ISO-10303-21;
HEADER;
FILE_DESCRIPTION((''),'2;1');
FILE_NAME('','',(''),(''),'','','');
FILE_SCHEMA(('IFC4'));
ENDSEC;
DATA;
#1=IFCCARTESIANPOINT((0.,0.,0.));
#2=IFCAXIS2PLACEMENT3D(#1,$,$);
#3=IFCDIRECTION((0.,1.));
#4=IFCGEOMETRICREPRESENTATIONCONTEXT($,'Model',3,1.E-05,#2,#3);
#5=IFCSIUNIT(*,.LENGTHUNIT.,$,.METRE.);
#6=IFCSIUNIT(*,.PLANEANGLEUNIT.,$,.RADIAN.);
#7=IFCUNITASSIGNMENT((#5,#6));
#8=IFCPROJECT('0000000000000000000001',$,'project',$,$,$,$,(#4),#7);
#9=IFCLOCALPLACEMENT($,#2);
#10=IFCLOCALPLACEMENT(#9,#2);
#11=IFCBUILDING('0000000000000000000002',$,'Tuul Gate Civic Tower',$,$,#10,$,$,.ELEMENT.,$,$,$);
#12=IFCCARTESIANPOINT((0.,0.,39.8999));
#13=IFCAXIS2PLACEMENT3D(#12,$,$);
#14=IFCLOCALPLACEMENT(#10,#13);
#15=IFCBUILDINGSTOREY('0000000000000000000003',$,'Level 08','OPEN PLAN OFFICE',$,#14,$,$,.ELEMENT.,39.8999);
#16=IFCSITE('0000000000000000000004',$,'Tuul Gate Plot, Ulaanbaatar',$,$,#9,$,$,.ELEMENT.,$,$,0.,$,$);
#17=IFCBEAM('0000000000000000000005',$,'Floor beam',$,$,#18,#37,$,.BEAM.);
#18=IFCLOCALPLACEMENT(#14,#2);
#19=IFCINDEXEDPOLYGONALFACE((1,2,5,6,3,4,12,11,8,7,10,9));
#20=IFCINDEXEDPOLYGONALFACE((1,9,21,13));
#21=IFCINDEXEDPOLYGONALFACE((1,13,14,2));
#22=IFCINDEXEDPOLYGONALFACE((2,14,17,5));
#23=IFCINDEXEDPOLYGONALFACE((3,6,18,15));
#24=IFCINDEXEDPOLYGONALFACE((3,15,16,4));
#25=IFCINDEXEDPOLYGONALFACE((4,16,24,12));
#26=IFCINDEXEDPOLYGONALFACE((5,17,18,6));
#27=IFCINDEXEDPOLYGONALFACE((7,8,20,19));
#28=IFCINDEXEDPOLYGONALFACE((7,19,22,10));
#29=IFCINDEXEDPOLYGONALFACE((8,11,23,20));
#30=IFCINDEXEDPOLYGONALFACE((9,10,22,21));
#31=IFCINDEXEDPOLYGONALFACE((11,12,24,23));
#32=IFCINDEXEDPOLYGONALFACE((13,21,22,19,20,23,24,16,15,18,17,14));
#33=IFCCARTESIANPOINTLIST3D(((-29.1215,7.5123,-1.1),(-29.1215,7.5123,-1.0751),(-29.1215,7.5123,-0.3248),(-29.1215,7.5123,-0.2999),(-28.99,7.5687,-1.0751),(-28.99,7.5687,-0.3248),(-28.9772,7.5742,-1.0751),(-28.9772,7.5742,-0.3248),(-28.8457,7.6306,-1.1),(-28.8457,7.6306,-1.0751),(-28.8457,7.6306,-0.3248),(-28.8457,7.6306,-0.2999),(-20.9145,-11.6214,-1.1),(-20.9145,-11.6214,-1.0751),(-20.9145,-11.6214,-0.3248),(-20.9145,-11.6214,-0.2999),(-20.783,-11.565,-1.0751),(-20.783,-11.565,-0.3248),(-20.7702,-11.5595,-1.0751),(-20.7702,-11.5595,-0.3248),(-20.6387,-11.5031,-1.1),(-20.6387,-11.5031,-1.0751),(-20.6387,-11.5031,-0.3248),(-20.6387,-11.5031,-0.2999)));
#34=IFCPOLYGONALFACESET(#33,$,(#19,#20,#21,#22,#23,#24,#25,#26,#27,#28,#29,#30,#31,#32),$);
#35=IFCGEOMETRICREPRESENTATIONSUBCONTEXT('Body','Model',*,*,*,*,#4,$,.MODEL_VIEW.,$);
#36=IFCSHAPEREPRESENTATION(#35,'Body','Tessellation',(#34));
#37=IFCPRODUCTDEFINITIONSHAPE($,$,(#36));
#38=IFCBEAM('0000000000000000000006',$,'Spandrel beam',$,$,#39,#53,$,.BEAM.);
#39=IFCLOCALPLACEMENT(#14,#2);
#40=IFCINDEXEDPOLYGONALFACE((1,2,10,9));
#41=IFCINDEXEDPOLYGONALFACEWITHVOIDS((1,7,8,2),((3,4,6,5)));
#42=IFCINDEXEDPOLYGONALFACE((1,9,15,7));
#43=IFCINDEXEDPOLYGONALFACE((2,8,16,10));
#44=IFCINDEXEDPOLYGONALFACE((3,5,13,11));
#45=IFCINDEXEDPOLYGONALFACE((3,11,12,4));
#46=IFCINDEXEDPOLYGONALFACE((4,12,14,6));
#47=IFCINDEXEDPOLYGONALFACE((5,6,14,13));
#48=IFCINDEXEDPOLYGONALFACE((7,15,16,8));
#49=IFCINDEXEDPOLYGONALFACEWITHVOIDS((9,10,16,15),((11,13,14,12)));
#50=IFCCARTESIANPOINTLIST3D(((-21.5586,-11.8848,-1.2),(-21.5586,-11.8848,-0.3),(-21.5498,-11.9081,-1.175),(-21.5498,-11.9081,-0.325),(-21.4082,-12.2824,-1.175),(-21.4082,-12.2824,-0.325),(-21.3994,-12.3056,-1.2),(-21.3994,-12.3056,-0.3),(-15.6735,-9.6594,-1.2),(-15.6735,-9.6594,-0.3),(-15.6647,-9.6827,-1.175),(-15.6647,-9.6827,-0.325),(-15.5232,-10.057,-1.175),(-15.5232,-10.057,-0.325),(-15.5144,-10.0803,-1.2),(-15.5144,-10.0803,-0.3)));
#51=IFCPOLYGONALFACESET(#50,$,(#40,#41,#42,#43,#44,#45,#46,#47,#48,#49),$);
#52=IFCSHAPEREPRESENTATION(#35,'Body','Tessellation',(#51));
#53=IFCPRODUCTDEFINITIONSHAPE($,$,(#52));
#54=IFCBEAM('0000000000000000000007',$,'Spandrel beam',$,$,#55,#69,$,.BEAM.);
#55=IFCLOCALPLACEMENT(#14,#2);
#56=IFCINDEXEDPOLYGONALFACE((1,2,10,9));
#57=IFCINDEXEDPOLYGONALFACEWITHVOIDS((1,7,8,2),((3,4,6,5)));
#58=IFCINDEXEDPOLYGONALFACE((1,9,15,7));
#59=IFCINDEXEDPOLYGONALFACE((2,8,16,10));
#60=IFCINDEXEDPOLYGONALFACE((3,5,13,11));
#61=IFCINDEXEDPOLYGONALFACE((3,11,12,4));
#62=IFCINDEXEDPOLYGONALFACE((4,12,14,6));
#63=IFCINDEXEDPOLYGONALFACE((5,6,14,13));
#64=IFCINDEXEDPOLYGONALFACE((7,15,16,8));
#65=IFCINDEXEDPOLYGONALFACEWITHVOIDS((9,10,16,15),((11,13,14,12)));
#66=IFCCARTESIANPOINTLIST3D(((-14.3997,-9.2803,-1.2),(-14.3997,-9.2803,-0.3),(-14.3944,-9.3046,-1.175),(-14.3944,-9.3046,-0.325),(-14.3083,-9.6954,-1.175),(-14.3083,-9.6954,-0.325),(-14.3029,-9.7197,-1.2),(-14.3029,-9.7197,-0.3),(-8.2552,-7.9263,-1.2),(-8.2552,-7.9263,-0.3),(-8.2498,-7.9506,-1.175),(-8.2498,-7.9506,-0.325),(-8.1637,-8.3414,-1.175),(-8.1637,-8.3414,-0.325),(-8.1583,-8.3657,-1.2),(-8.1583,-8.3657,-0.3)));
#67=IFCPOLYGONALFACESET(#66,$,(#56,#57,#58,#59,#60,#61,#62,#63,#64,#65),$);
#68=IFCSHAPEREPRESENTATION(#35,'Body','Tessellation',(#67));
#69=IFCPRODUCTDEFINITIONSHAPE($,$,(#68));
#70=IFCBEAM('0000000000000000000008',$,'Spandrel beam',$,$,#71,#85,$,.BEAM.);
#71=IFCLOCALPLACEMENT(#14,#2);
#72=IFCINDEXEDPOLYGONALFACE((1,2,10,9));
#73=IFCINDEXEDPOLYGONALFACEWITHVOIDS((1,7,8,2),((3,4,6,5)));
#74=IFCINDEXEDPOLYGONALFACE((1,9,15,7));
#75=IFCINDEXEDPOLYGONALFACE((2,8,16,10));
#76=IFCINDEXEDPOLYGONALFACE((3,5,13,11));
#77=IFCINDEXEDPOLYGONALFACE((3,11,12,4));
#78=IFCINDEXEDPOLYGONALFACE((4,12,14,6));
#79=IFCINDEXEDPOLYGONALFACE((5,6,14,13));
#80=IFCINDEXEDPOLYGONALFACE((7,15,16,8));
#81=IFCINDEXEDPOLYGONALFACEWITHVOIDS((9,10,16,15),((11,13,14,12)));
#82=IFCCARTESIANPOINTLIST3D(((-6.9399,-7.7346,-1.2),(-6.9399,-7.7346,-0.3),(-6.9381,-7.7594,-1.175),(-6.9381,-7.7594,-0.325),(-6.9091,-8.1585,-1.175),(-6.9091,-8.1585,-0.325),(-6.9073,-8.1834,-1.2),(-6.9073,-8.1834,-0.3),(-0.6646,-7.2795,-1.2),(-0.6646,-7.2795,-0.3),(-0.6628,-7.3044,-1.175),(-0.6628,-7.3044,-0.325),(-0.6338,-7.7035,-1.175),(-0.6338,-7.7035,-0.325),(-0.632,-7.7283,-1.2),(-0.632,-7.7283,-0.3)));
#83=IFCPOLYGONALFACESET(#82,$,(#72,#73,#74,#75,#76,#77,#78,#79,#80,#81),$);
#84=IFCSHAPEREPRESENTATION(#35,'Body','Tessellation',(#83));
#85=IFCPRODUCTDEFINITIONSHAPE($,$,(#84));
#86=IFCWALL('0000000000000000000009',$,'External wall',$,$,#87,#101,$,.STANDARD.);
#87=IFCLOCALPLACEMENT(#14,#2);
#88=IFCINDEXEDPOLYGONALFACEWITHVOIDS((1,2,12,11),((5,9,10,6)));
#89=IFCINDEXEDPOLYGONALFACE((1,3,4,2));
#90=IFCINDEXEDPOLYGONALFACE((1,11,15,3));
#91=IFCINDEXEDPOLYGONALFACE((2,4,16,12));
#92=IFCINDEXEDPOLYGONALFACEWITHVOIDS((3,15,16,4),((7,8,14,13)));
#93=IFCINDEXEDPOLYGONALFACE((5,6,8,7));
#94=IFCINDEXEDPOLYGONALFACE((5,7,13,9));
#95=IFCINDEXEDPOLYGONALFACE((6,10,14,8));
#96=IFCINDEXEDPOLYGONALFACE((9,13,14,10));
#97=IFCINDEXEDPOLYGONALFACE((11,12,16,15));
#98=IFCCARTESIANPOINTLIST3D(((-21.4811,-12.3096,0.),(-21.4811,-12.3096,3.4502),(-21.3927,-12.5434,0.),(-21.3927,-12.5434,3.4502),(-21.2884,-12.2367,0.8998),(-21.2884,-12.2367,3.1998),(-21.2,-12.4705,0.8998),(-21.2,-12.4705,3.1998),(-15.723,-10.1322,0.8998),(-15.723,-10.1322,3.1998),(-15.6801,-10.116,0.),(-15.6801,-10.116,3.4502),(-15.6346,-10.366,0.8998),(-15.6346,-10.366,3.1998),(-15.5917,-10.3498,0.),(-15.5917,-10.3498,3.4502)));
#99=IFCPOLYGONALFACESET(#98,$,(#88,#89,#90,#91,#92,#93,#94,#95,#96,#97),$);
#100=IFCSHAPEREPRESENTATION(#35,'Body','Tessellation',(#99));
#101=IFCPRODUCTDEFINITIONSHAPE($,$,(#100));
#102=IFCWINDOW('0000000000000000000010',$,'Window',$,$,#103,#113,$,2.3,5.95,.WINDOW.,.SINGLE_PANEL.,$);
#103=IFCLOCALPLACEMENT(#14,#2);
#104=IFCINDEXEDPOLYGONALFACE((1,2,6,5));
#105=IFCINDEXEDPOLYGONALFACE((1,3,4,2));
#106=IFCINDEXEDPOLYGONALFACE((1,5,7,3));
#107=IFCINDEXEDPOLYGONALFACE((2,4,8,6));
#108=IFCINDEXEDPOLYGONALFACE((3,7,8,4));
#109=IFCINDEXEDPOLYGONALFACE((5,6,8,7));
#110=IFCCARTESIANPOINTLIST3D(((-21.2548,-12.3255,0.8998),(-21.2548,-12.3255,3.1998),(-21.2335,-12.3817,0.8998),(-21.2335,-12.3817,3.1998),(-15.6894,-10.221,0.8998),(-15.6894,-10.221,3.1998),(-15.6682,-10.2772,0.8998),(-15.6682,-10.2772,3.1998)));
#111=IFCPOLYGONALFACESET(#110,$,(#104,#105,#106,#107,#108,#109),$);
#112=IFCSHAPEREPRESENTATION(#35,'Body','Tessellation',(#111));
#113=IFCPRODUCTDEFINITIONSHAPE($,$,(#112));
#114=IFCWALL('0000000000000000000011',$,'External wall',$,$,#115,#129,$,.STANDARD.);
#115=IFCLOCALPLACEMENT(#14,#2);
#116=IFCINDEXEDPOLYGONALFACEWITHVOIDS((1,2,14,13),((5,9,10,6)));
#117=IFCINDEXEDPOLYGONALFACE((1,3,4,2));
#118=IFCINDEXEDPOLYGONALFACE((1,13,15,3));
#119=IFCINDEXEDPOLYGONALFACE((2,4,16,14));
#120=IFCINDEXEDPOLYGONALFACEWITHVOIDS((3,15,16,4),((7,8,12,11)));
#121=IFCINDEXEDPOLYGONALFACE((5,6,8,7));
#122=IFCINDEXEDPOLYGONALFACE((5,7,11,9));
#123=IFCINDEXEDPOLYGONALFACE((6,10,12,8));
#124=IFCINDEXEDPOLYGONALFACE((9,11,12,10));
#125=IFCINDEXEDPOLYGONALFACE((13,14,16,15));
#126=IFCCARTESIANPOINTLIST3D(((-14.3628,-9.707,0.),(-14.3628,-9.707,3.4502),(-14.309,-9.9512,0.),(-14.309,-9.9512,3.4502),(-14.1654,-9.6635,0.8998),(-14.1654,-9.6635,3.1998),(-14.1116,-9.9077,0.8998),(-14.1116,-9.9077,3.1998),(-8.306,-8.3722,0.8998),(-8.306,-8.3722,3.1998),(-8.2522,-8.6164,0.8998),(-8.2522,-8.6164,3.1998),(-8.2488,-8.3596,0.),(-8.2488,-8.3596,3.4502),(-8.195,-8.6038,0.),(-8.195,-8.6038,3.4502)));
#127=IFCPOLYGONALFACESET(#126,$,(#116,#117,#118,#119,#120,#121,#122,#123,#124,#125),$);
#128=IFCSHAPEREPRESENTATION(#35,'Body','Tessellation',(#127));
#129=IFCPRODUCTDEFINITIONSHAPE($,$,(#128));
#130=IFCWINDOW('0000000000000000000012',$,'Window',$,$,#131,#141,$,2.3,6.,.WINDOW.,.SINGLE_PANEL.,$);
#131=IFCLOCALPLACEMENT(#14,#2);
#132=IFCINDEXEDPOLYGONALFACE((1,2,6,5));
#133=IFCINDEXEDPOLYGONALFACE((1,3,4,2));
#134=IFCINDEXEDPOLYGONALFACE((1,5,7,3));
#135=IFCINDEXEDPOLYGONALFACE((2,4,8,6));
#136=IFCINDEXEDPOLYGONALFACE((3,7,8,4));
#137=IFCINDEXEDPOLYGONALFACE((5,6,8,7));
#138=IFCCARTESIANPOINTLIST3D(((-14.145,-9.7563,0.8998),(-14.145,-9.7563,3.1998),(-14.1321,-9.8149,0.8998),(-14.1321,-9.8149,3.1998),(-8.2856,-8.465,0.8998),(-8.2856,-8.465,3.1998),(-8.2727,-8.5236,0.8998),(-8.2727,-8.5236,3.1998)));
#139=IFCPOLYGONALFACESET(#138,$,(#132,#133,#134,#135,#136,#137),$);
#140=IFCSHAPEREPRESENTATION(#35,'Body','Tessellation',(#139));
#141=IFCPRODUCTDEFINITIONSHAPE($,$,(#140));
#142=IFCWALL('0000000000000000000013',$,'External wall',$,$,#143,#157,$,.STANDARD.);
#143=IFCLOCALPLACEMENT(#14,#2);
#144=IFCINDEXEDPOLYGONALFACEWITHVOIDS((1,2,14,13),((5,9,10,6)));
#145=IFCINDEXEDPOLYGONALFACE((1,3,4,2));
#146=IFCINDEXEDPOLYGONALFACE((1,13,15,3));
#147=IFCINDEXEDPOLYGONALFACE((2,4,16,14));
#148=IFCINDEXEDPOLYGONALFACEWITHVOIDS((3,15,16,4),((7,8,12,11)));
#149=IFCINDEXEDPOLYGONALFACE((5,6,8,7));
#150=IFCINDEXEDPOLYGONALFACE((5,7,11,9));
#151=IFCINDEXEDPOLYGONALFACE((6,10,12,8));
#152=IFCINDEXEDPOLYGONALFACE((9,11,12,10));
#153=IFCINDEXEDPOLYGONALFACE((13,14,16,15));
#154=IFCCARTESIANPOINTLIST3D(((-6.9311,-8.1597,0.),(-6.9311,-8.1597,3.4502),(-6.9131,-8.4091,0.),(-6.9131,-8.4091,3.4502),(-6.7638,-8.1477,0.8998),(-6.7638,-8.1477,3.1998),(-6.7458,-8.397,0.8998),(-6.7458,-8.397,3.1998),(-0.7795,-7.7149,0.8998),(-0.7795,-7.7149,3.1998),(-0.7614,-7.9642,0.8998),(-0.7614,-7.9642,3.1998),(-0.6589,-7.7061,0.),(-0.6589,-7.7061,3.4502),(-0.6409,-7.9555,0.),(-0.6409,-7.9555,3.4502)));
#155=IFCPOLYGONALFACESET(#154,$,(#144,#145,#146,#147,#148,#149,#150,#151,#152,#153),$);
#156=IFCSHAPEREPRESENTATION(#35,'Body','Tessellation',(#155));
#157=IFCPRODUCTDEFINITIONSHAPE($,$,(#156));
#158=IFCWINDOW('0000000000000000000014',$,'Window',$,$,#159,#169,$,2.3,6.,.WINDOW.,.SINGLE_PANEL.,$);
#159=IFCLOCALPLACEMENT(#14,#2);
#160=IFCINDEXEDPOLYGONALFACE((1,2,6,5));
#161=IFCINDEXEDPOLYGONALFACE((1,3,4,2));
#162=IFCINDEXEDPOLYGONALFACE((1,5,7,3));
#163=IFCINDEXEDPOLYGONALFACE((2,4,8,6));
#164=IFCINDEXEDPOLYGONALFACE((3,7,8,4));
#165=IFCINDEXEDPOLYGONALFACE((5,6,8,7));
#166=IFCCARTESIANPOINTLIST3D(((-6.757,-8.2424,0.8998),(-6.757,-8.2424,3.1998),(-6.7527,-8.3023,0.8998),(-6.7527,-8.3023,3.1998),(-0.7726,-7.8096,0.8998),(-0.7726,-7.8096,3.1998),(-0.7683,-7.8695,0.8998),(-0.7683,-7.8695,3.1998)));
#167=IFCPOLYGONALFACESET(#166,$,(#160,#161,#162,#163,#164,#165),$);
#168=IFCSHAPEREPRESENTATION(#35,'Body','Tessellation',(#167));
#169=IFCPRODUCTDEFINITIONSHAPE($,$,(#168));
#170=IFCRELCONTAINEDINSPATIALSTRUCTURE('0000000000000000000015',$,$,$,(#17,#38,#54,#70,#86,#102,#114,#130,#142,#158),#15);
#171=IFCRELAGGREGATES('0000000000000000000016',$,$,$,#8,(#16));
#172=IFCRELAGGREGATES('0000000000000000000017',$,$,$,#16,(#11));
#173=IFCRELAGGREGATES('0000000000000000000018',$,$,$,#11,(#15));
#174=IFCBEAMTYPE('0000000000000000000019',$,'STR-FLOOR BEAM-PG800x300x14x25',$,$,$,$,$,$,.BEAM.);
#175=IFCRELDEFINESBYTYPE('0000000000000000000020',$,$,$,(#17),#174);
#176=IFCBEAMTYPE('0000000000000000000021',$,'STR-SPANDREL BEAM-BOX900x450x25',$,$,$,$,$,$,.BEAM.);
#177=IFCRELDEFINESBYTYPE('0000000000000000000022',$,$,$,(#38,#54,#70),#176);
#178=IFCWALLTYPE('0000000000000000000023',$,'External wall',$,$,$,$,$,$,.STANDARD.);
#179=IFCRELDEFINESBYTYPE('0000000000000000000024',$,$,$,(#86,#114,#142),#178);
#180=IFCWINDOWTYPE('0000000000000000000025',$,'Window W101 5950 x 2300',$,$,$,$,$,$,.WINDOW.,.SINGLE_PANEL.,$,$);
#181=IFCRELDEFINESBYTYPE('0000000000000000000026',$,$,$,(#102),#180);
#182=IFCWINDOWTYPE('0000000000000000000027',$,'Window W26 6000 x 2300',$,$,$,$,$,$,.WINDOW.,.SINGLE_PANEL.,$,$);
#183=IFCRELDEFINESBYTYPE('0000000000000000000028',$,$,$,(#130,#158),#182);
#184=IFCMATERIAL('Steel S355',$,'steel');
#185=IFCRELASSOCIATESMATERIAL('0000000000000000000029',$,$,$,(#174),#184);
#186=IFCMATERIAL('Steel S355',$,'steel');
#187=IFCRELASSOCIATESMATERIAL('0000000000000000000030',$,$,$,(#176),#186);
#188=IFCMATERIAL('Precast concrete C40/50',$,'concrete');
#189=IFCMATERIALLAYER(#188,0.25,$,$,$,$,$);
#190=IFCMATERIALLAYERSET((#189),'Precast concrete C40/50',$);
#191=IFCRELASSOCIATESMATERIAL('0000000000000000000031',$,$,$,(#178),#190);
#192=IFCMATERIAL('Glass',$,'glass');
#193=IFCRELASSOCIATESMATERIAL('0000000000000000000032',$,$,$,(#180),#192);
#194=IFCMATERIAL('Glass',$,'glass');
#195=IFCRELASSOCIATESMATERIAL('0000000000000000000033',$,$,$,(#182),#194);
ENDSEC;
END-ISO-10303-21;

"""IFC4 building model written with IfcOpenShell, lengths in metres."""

from ifc_helpers import new_model, si_unit, direction, frame, frame_2d, origin, origin_2d, place, context, subcontext, project, spatial, rectangle, hollow_rectangle, i_section, extrude, material, layer, layer_set, material_profile, profile_set, type_object, element, fill, save


model = new_model("IFC4")

# Units and contexts
model_context = context("Model", 3, precision=1e-05, world=origin(), true_north=direction((0.0, 1.0)))
body_context = subcontext(model_context, "Body", "Model", "MODEL_VIEW")
ifc_project = project(units=[si_unit("LENGTHUNIT", "METRE"), si_unit("PLANEANGLEUNIT", "RADIAN")], contexts=[model_context])

# Site, building, storey
site_placement = place(None, origin())
site = spatial("IfcSite", under=ifc_project, at=site_placement, Name="Tuul Gate Plot, Ulaanbaatar", CompositionType="ELEMENT", RefElevation=0.0)
building_placement = place(site_placement, origin())
building = spatial("IfcBuilding", under=site, at=building_placement, Name="Tuul Gate Civic Tower", CompositionType="ELEMENT")
storey_placement = place(building_placement, frame((0.0, 0.0, 39.8999)))
storey = spatial("IfcBuildingStorey", under=building, at=storey_placement, Name="Level 08", Description="OPEN PLAN OFFICE", CompositionType="ELEMENT", Elevation=39.8999)

# Beams
ifc_material_1 = material(Name="Steel S355", Category="steel")
ifc_material_profile_1 = material_profile(ifc_material_1, i_section(OverallWidth=0.3, OverallDepth=0.8, WebThickness=0.0139, FlangeThickness=0.0249, at=origin_2d()), Name="PG800x300x14x25")
ifc_profile_set_1 = profile_set([ifc_material_profile_1], Name="Steel S355")
beam_type_1 = type_object("IfcBeamType", Name="STR-FLOOR BEAM-PG800x300x14x25", PredefinedType="BEAM", material=ifc_profile_set_1)
beam_1_placement = place(storey_placement, frame((-20.7766, -11.5623, -0.7), z_axis=(-0.394197, 0.919026, 0.0), x_axis=(-0.919026, -0.394197, 0.0)))
element("IfcBeam", 1, at=beam_1_placement, inside=storey, type_object=beam_type_1, Name="Floor beam", PredefinedType="BEAM", context=body_context, shape_type="SweptSolid", body=[
    extrude(i_section(OverallWidth=0.3, OverallDepth=0.8, WebThickness=0.0139, FlangeThickness=0.0249, at=origin_2d()), origin(), (0.0, 0.0, 1.0), 20.8196),
])
ifc_material_2 = material(Name="Steel S355", Category="steel")
ifc_material_profile_2 = material_profile(ifc_material_2, hollow_rectangle(XDim=0.45, YDim=0.8999, WallThickness=0.0249, at=origin_2d()), Name="BOX900x450x25")
ifc_profile_set_2 = profile_set([ifc_material_profile_2], Name="Steel S355")
beam_type_2 = type_object("IfcBeamType", Name="STR-SPANDREL BEAM-BOX900x450x25", PredefinedType="BEAM", material=ifc_profile_set_2)
beam_2_placement = place(storey_placement, frame((-21.479, -12.0952, -0.75), z_axis=(0.935361, 0.353695, 0.0), x_axis=(-0.353695, 0.935361, 0.0)))
element("IfcBeam", 2, at=beam_2_placement, inside=storey, type_object=beam_type_2, Name="Spandrel beam", PredefinedType="BEAM", context=body_context, shape_type="SweptSolid", body=[
    extrude(hollow_rectangle(XDim=0.45, YDim=0.8999, WallThickness=0.0249, at=origin_2d()), origin(), (0.0, 0.0, 1.0), 6.2917),
])
beam_3_placement = place(storey_placement, frame((-14.3513, -9.5, -0.75), z_axis=(0.976571, 0.215196, 0.0), x_axis=(-0.215196, 0.976571, 0.0)))
element("IfcBeam", 3, at=beam_3_placement, inside=storey, type_object=beam_type_2, Name="Spandrel beam", PredefinedType="BEAM", context=body_context, shape_type="SweptSolid", body=[
    extrude(hollow_rectangle(XDim=0.45, YDim=0.8999, WallThickness=0.0249, at=origin_2d()), origin(), (0.0, 0.0, 1.0), 6.292),
])
beam_4_placement = place(storey_placement, frame((-6.9236, -7.959, -0.75), z_axis=(0.997381, 0.072328, 0.0), x_axis=(-0.072328, 0.997381, 0.0)))
element("IfcBeam", 4, at=beam_4_placement, inside=storey, type_object=beam_type_2, Name="Spandrel beam", PredefinedType="BEAM", context=body_context, shape_type="SweptSolid", body=[
    extrude(hollow_rectangle(XDim=0.45, YDim=0.8999, WallThickness=0.0249, at=origin_2d()), origin(), (0.0, 0.0, 1.0), 6.2917),
])

# Walls, openings, windows
ifc_material_3 = material(Name="Precast concrete C40/50", Category="concrete")
ifc_layer = layer(ifc_material_3, 0.25)
ifc_layer_set = layer_set([ifc_layer], Name="Precast concrete C40/50")
wall_type = type_object("IfcWallType", Name="External wall", PredefinedType="STANDARD", material=ifc_layer_set)
wall_1_placement = place(storey_placement, frame((-21.437, -12.4265, 0.0), z_axis=(0.0, 0.0, 1.0), x_axis=(0.93536, 0.353698, 0.0)))
wall_1 = element("IfcWall", 5, at=wall_1_placement, inside=storey, type_object=wall_type, Name="External wall", PredefinedType="STANDARD", context=body_context, shape_type="SweptSolid", body=[
    extrude(rectangle(XDim=6.2019, YDim=0.25, at=frame_2d((3.1011, 0.0))), origin(), (0.0, 0.0, 1.0), 3.4502),
])
opening_1_placement = place(wall_1_placement, frame((0.2061, 0.0, 0.8999)))
opening_1 = element("IfcOpeningElement", 6, at=opening_1_placement, cuts=wall_1, PredefinedType="OPENING", context=body_context, shape_type="SweptSolid", body=[
    extrude(rectangle(XDim=5.95, YDim=2.3, at=frame_2d((2.9751, 1.1499))), frame((0.0, 0.135, 0.0), z_axis=(0.0, -1.0, 0.0), x_axis=(1.0, 0.0, 0.0)), (0.0, 0.0, 1.0), 0.27),
])
ifc_material_4 = material(Name="Glass", Category="glass")
window_type_1 = type_object("IfcWindowType", Name="Window W101 5950 x 2300", PartitioningType="SINGLE_PANEL", PredefinedType="WINDOW", material=ifc_material_4)
window_1_placement = place(opening_1_placement, origin())
window_1 = element("IfcWindow", 7, at=window_1_placement, inside=storey, type_object=window_type_1, Name="Window", OverallHeight=2.3, OverallWidth=5.95, PartitioningType="SINGLE_PANEL", PredefinedType="WINDOW", context=body_context, shape_type="SweptSolid", body=[
    extrude(rectangle(XDim=5.95, YDim=2.3, at=frame_2d((2.9751, 1.1499))), frame((0.0, 0.03, 0.0), z_axis=(0.0, -1.0, 0.0), x_axis=(1.0, 0.0, 0.0)), (0.0, 0.0, 1.0), 0.0601),
])
fill(opening_1, window_1)
wall_2_placement = place(storey_placement, frame((-14.3359, -9.8291, 0.0), z_axis=(0.0, 0.0, 1.0), x_axis=(0.976566, 0.215217, 0.0)))
wall_2 = element("IfcWall", 8, at=wall_2_placement, inside=storey, type_object=wall_type, Name="External wall", PredefinedType="STANDARD", context=body_context, shape_type="SweptSolid", body=[
    extrude(rectangle(XDim=6.2607, YDim=0.25, at=frame_2d((3.1304, 0.0))), origin(), (0.0, 0.0, 1.0), 3.4502),
])
opening_2_placement = place(wall_2_placement, frame((0.2021, 0.0, 0.8999)))
opening_2 = element("IfcOpeningElement", 9, at=opening_2_placement, cuts=wall_2, PredefinedType="OPENING", context=body_context, shape_type="SweptSolid", body=[
    extrude(rectangle(XDim=6.0, YDim=2.3, at=frame_2d((3.0, 1.1499))), frame((0.0, 0.135, 0.0), z_axis=(0.0, -1.0, 0.0), x_axis=(1.0, 0.0, 0.0)), (0.0, 0.0, 1.0), 0.27),
])
ifc_material_5 = material(Name="Glass", Category="glass")
window_type_2 = type_object("IfcWindowType", Name="Window W26 6000 x 2300", PartitioningType="SINGLE_PANEL", PredefinedType="WINDOW", material=ifc_material_5)
window_2_placement = place(opening_2_placement, origin())
window_2 = element("IfcWindow", 10, at=window_2_placement, inside=storey, type_object=window_type_2, Name="Window", OverallHeight=2.3, OverallWidth=6.0, PartitioningType="SINGLE_PANEL", PredefinedType="WINDOW", context=body_context, shape_type="SweptSolid", body=[
    extrude(rectangle(XDim=6.0, YDim=2.3, at=frame_2d((3.0, 1.1499))), frame((0.0, 0.03, 0.0), z_axis=(0.0, -1.0, 0.0), x_axis=(1.0, 0.0, 0.0)), (0.0, 0.0, 1.0), 0.0601),
])
fill(opening_2, window_2)
wall_3_placement = place(storey_placement, frame((-6.9221, -8.2844, 0.0), z_axis=(0.0, 0.0, 1.0), x_axis=(0.997395, 0.072133, 0.0)))
wall_3 = element("IfcWall", 11, at=wall_3_placement, inside=storey, type_object=wall_type, Name="External wall", PredefinedType="STANDARD", context=body_context, shape_type="SweptSolid", body=[
    extrude(rectangle(XDim=6.2886, YDim=0.25, at=frame_2d((3.1443, 0.0))), origin(), (0.0, 0.0, 1.0), 3.4502),
])
opening_3_placement = place(wall_3_placement, frame((0.1677, 0.0, 0.8999)))
opening_3 = element("IfcOpeningElement", 12, at=opening_3_placement, cuts=wall_3, PredefinedType="OPENING", context=body_context, shape_type="SweptSolid", body=[
    extrude(rectangle(XDim=6.0, YDim=2.3, at=frame_2d((3.0, 1.1499))), frame((0.0, 0.135, 0.0), z_axis=(0.0, -1.0, 0.0), x_axis=(1.0, 0.0, 0.0)), (0.0, 0.0, 1.0), 0.27),
])
window_3_placement = place(opening_3_placement, origin())
window_3 = element("IfcWindow", 13, at=window_3_placement, inside=storey, type_object=window_type_2, Name="Window", OverallHeight=2.3, OverallWidth=6.0, PartitioningType="SINGLE_PANEL", PredefinedType="WINDOW", context=body_context, shape_type="SweptSolid", body=[
    extrude(rectangle(XDim=6.0, YDim=2.3, at=frame_2d((3.0, 1.1499))), frame((0.0, 0.03, 0.0), z_axis=(0.0, -1.0, 0.0), x_axis=(1.0, 0.0, 0.0)), (0.0, 0.0, 1.0), 0.0601),
])
fill(opening_3, window_3)

save(model, "model.ifc")
